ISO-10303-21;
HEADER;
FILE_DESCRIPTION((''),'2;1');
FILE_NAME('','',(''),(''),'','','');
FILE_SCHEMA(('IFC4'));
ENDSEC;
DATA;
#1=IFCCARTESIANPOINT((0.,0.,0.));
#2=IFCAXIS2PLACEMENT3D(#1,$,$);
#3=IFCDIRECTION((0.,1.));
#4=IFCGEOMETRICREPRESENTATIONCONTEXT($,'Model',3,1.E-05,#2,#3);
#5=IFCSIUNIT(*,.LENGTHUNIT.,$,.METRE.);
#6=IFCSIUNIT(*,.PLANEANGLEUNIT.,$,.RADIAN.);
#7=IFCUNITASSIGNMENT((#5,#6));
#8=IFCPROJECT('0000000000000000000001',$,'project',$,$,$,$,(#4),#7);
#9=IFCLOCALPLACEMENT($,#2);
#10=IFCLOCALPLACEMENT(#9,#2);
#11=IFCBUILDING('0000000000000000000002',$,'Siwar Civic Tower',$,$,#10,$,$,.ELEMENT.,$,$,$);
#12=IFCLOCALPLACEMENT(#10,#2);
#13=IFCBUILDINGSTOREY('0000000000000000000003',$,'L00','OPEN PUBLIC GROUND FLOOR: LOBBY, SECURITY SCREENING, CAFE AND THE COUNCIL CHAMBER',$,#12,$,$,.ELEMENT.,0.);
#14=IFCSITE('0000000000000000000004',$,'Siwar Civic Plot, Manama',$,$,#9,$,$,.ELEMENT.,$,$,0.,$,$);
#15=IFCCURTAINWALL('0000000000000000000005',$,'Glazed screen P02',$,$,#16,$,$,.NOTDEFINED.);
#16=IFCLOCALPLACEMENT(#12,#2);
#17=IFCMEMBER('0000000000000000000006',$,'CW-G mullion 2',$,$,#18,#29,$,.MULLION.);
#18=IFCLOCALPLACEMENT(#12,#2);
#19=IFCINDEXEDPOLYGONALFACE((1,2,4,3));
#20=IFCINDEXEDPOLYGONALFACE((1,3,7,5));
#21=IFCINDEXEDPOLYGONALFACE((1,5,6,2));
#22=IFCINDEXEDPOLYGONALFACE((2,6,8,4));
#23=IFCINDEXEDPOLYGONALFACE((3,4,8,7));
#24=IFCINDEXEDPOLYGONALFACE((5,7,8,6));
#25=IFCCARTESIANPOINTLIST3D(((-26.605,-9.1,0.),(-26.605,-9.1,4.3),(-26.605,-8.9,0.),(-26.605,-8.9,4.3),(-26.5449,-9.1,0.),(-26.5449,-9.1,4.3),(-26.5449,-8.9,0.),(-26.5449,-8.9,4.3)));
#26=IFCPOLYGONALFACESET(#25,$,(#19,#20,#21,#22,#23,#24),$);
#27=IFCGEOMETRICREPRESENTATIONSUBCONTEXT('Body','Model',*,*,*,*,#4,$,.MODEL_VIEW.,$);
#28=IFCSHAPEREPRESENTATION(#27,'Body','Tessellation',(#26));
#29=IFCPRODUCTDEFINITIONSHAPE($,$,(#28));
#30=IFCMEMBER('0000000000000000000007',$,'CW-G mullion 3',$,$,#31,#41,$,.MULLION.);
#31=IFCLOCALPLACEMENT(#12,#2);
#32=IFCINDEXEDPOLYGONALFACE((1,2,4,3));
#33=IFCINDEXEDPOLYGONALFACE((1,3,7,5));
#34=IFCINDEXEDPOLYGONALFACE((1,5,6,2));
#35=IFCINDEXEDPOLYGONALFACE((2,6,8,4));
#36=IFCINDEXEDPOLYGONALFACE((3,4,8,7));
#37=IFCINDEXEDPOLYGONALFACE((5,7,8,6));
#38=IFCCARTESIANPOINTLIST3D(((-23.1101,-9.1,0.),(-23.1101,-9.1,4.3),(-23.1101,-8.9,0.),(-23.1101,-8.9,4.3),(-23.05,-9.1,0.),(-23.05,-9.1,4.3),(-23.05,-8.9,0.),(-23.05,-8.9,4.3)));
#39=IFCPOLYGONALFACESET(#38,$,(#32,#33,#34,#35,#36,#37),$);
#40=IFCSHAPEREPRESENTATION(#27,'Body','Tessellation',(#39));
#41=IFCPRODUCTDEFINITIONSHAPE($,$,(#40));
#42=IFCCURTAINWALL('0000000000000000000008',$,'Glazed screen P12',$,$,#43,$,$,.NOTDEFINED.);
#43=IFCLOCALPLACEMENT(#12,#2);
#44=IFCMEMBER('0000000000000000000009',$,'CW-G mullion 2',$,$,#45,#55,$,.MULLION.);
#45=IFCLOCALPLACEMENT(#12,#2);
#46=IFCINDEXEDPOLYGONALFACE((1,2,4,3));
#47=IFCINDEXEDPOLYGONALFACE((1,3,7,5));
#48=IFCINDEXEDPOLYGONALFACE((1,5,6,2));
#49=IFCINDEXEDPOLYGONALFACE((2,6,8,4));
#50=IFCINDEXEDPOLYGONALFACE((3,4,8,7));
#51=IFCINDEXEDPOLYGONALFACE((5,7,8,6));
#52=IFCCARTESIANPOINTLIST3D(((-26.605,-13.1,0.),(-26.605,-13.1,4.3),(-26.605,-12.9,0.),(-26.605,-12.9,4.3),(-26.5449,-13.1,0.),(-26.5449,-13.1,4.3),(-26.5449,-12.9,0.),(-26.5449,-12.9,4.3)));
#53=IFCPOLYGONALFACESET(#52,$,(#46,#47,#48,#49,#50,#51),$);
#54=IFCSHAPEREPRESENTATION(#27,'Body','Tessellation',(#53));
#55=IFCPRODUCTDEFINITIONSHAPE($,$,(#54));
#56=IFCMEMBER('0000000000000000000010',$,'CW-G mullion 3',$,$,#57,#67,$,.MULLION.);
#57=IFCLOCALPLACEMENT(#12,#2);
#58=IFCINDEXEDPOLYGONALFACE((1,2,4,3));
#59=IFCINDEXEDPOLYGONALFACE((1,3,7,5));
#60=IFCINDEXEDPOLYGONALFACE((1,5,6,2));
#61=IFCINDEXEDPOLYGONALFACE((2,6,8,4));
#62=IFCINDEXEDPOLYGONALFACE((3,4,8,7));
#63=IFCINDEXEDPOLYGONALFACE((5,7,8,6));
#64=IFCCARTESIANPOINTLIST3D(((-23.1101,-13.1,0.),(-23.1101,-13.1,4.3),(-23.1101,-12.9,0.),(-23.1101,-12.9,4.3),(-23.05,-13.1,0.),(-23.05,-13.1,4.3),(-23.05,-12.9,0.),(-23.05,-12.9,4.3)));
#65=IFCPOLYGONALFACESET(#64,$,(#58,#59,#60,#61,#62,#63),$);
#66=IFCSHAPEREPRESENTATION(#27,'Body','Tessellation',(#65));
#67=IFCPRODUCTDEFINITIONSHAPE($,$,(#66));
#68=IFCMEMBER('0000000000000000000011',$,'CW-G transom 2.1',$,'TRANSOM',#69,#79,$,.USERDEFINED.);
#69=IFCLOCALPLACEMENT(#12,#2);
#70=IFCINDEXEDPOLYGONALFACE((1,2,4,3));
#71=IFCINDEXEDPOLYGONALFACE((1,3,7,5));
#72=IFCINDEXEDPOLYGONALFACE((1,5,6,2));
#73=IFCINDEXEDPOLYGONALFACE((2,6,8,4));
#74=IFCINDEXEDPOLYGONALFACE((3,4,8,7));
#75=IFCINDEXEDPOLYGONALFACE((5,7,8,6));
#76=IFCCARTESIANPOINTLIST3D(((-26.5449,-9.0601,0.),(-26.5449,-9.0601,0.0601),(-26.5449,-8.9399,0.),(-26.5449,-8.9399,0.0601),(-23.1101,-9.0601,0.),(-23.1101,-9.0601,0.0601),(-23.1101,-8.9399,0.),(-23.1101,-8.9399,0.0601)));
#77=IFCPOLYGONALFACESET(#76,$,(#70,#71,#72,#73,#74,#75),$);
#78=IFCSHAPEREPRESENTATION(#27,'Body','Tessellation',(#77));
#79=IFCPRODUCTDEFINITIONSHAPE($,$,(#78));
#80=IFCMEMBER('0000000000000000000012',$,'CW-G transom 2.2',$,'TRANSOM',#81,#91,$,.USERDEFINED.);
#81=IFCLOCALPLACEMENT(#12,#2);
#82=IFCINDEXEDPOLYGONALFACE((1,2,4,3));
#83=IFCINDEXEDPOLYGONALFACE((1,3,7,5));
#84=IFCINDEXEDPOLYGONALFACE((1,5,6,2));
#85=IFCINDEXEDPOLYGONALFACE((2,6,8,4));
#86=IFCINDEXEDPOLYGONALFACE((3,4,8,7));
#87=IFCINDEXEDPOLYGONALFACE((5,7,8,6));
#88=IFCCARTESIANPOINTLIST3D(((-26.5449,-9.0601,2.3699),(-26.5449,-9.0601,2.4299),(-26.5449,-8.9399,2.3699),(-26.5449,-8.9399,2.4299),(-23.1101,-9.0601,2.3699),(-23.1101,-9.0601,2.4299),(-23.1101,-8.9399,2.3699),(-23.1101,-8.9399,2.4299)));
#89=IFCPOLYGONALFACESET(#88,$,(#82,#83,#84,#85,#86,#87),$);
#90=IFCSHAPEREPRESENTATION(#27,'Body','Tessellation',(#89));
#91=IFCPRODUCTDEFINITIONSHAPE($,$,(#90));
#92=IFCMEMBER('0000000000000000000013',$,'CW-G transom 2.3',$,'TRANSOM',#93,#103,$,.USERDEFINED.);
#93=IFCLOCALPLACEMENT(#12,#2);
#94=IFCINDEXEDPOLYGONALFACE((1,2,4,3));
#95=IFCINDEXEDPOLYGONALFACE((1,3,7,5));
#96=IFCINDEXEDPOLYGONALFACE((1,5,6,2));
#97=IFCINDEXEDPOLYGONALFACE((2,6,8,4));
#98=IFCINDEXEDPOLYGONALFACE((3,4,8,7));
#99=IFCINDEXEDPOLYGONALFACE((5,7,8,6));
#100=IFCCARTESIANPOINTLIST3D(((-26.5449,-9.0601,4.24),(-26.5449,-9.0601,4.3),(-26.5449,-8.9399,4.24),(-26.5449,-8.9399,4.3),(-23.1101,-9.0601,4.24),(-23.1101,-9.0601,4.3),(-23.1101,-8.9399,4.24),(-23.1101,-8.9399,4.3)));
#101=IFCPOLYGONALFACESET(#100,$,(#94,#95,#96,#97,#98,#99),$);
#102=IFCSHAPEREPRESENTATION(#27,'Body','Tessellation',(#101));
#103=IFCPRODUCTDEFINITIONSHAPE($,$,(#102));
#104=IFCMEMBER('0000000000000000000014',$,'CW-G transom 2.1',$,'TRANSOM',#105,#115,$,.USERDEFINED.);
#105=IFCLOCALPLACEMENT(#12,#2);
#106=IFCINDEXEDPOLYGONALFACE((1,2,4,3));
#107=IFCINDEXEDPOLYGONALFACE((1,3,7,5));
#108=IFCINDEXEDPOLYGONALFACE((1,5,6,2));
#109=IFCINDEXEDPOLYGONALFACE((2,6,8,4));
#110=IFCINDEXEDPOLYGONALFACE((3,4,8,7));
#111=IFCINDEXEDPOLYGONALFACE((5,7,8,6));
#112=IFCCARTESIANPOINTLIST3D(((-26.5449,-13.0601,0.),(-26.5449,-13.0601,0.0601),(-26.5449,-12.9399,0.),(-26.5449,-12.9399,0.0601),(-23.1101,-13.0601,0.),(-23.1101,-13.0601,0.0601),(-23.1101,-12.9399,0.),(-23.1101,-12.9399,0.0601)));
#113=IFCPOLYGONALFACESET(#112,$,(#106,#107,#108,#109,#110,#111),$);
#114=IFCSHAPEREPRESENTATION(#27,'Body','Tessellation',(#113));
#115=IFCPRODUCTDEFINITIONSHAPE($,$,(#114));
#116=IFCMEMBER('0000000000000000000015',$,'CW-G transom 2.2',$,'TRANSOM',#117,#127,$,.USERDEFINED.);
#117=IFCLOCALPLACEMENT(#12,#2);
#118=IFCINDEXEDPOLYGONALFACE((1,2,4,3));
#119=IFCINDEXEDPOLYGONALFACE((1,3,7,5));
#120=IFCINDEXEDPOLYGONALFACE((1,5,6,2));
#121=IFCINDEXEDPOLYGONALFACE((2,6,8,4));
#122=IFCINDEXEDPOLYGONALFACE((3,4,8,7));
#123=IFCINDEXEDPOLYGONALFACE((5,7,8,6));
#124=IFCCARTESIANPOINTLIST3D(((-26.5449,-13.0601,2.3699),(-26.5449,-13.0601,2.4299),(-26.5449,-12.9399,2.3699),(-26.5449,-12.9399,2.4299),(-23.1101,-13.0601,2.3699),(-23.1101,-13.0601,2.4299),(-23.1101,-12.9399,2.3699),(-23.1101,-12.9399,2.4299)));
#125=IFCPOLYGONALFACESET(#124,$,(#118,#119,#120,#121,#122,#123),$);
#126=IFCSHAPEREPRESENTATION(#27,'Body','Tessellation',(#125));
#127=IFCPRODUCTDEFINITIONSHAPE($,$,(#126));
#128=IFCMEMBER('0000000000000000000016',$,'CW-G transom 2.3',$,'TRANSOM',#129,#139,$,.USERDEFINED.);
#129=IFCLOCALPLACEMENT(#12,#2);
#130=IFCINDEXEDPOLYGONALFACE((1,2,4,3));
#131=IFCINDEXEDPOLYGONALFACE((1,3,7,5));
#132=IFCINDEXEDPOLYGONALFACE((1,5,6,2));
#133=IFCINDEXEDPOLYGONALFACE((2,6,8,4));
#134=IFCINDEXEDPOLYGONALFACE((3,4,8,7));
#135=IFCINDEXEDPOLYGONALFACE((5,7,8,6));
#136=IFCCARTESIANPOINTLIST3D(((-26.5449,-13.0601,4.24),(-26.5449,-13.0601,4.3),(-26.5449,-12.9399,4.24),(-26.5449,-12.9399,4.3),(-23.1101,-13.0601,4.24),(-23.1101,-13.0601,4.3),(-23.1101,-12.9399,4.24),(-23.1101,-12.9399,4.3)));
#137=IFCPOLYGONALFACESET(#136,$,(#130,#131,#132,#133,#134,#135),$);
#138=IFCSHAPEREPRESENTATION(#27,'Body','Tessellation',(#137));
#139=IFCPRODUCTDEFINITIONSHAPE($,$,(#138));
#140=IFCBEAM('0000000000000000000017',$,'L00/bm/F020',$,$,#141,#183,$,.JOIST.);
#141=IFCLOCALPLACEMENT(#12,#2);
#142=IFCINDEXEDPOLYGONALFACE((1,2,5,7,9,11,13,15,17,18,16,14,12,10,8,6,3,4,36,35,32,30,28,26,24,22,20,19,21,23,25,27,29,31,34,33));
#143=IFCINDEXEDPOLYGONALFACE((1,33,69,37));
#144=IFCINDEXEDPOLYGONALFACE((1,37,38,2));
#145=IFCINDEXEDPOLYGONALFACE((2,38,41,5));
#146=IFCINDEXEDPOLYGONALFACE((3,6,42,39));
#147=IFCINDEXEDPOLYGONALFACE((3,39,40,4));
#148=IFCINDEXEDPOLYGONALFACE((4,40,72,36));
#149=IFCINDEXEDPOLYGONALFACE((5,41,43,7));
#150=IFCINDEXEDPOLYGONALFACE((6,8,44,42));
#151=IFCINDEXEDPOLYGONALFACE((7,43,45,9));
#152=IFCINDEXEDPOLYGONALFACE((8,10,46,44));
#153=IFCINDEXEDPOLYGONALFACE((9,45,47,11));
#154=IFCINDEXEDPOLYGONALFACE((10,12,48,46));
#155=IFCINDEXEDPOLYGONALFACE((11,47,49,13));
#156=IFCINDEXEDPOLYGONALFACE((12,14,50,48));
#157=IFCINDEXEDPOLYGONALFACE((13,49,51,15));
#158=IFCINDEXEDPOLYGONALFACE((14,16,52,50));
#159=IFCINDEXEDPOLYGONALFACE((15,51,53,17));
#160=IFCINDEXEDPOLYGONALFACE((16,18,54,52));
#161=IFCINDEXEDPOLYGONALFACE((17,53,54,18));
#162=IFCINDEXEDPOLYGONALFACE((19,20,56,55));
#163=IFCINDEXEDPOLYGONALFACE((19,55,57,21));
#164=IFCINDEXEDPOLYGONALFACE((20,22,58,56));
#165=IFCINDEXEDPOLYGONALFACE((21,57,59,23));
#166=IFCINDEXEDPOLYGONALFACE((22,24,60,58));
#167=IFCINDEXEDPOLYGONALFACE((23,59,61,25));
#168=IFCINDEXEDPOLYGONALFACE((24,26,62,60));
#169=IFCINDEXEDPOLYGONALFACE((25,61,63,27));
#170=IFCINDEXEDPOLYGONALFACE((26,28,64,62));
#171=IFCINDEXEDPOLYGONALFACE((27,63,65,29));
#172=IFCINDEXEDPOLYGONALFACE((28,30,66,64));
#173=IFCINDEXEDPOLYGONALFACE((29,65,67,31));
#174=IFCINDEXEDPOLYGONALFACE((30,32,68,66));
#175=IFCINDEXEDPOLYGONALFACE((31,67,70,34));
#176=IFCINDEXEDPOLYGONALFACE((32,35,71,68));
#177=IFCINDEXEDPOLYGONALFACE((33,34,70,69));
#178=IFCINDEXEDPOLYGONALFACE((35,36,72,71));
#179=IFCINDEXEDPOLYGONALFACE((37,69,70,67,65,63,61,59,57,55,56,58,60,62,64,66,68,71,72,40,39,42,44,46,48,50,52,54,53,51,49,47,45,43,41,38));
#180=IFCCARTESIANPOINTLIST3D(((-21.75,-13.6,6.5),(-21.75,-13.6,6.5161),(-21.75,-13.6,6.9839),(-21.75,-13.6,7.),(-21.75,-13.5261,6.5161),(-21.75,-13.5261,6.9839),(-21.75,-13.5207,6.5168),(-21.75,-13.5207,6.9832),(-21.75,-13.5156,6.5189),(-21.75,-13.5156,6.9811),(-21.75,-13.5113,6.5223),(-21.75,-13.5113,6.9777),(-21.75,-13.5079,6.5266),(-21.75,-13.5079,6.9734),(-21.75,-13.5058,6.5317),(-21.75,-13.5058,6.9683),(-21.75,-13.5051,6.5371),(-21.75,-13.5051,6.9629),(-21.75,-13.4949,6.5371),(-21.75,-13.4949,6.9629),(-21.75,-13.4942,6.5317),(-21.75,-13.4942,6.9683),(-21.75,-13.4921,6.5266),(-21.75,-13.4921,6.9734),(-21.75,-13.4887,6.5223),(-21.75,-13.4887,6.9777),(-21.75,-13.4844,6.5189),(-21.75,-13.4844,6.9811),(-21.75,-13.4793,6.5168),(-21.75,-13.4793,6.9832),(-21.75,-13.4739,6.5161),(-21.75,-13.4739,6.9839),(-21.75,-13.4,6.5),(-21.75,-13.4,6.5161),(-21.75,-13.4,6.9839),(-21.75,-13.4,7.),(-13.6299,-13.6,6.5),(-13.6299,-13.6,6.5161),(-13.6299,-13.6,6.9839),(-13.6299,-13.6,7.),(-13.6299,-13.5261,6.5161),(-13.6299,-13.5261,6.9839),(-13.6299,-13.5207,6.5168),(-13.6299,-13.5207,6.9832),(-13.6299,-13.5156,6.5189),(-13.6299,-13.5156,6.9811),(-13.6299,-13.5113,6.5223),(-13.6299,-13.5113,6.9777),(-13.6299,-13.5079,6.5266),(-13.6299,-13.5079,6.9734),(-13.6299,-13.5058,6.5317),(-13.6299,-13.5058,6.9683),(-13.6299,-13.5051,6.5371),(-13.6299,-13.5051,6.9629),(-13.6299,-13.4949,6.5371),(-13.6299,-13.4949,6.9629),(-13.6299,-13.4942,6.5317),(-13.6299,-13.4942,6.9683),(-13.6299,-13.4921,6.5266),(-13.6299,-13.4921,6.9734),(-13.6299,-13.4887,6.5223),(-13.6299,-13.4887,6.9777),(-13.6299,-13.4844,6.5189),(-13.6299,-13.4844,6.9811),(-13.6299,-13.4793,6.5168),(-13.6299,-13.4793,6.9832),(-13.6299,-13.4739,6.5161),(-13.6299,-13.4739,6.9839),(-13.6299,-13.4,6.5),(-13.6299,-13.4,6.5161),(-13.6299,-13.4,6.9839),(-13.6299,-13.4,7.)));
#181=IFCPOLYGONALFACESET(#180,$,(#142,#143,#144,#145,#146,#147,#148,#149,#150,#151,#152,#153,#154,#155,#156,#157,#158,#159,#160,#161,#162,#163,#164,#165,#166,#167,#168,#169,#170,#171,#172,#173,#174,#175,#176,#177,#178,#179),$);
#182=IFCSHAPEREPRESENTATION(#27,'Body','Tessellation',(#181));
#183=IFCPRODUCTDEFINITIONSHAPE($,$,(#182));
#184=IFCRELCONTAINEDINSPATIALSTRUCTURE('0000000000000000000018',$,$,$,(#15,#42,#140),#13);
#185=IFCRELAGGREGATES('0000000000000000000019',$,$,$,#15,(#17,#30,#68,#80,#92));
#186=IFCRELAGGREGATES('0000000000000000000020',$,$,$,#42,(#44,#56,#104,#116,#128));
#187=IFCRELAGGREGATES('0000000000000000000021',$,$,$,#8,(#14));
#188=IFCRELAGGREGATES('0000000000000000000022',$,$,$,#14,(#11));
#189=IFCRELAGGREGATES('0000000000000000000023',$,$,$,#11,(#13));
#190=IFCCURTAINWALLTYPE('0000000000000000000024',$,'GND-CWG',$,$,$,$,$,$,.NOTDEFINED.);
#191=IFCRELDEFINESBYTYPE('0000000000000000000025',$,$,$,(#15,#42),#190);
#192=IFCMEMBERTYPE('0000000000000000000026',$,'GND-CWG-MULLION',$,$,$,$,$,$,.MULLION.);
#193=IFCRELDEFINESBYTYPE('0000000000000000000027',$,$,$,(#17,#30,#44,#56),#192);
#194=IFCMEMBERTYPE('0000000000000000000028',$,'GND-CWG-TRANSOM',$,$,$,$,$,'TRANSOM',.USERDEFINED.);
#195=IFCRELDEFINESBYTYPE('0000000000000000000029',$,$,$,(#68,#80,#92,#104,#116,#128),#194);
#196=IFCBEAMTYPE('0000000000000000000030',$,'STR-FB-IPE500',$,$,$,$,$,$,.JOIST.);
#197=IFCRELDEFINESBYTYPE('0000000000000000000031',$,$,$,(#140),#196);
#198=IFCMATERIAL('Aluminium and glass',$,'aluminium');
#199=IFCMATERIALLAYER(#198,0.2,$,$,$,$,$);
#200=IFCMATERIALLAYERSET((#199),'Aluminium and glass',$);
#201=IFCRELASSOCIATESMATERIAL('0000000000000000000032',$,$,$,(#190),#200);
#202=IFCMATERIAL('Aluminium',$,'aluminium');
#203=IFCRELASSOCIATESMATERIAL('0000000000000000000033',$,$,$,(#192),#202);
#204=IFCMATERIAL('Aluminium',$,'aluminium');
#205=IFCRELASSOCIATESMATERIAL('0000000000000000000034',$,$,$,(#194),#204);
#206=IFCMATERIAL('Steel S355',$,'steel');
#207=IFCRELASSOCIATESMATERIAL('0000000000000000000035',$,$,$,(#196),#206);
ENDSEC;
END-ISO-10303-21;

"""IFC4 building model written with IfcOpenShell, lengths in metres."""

from ifc_helpers import new_model, si_unit, direction, frame, origin, origin_2d, place, context, subcontext, project, spatial, rectangle, i_section, extrude, material, layer, layer_set, material_profile, profile_set, type_object, element, aggregate, save


model = new_model("IFC4")

# Units and contexts
model_context = context("Model", 3, precision=1e-05, world=origin(), true_north=direction((0.0, 1.0)))
body_context = subcontext(model_context, "Body", "Model", "MODEL_VIEW")
ifc_project = project(units=[si_unit("LENGTHUNIT", "METRE"), si_unit("PLANEANGLEUNIT", "RADIAN")], contexts=[model_context])

# Site, building, storey
site_placement = place(None, origin())
site = spatial("IfcSite", under=ifc_project, at=site_placement, Name="Siwar Civic Plot, Manama", CompositionType="ELEMENT", RefElevation=0.0)
building_placement = place(site_placement, origin())
building = spatial("IfcBuilding", under=site, at=building_placement, Name="Siwar Civic Tower", CompositionType="ELEMENT")
storey_placement = place(building_placement, origin())
storey = spatial("IfcBuildingStorey", under=building, at=storey_placement, Name="L00", Description="OPEN PUBLIC GROUND FLOOR: LOBBY, SECURITY SCREENING, CAFE AND THE COUNCIL CHAMBER", CompositionType="ELEMENT", Elevation=0.0)

# Curtain walls, members
ifc_material_1 = material(Name="Aluminium and glass", Category="aluminium")
ifc_layer_1 = layer(ifc_material_1, 0.2)
ifc_layer_set_1 = layer_set([ifc_layer_1], Name="Aluminium and glass")
curtain_wall_type = type_object("IfcCurtainWallType", Name="GND-CWG", PredefinedType="NOTDEFINED", material=ifc_layer_set_1)
curtain_wall_1_placement = place(storey_placement, origin())
curtain_wall_1 = element("IfcCurtainWall", 1, at=curtain_wall_1_placement, inside=storey, type_object=curtain_wall_type, Name="Glazed screen P02", PredefinedType="NOTDEFINED")
ifc_material_2 = material(Name="Aluminium", Category="aluminium")
ifc_material_profile_1 = material_profile(ifc_material_2, rectangle(XDim=0.2, YDim=0.0601, at=origin_2d()), Name="AL 200x60")
ifc_profile_set_1 = profile_set([ifc_material_profile_1], Name="Aluminium")
member_type_1 = type_object("IfcMemberType", Name="GND-CWG-MULLION", PredefinedType="MULLION", material=ifc_profile_set_1)
member_1_placement = place(storey_placement, frame((-26.575, -9.0, 0.0), z_axis=(0.0, 0.0, 1.0), x_axis=(0.0, 1.0, 0.0)))
member_1 = element("IfcMember", 2, at=member_1_placement, type_object=member_type_1, Name="CW-G mullion 2", PredefinedType="MULLION", context=body_context, shape_type="SweptSolid", body=[
    extrude(rectangle(XDim=0.2, YDim=0.0601, at=origin_2d()), origin(), (0.0, 0.0, 1.0), 4.3),
])
member_2_placement = place(storey_placement, frame((-23.0801, -9.0, 0.0), z_axis=(0.0, 0.0, 1.0), x_axis=(0.0, 1.0, 0.0)))
member_2 = element("IfcMember", 3, at=member_2_placement, type_object=member_type_1, Name="CW-G mullion 3", PredefinedType="MULLION", context=body_context, shape_type="SweptSolid", body=[
    extrude(rectangle(XDim=0.2, YDim=0.0601, at=origin_2d()), origin(), (0.0, 0.0, 1.0), 4.3),
])
curtain_wall_2_placement = place(storey_placement, origin())
curtain_wall_2 = element("IfcCurtainWall", 4, at=curtain_wall_2_placement, inside=storey, type_object=curtain_wall_type, Name="Glazed screen P12", PredefinedType="NOTDEFINED")
member_3_placement = place(storey_placement, frame((-26.575, -13.0, 0.0), z_axis=(0.0, 0.0, 1.0), x_axis=(0.0, 1.0, 0.0)))
member_3 = element("IfcMember", 5, at=member_3_placement, type_object=member_type_1, Name="CW-G mullion 2", PredefinedType="MULLION", context=body_context, shape_type="SweptSolid", body=[
    extrude(rectangle(XDim=0.2, YDim=0.0601, at=origin_2d()), origin(), (0.0, 0.0, 1.0), 4.3),
])
member_4_placement = place(storey_placement, frame((-23.0801, -13.0, 0.0), z_axis=(0.0, 0.0, 1.0), x_axis=(0.0, 1.0, 0.0)))
member_4 = element("IfcMember", 6, at=member_4_placement, type_object=member_type_1, Name="CW-G mullion 3", PredefinedType="MULLION", context=body_context, shape_type="SweptSolid", body=[
    extrude(rectangle(XDim=0.2, YDim=0.0601, at=origin_2d()), origin(), (0.0, 0.0, 1.0), 4.3),
])

# Members
ifc_material_3 = material(Name="Aluminium", Category="aluminium")
ifc_material_profile_2 = material_profile(ifc_material_3, rectangle(XDim=0.1201, YDim=0.0601, at=origin_2d()), Name="AL 120x60")
ifc_profile_set_2 = profile_set([ifc_material_profile_2], Name="Aluminium")
member_type_2 = type_object("IfcMemberType", Name="GND-CWG-TRANSOM", ElementType="TRANSOM", PredefinedType="USERDEFINED", material=ifc_profile_set_2)
member_5_placement = place(storey_placement, frame((-26.5449, -9.0, 0.03), z_axis=(1.0, 0.0, 0.0), x_axis=(0.0, 1.0, 0.0)))
member_5 = element("IfcMember", 7, at=member_5_placement, type_object=member_type_2, Name="CW-G transom 2.1", ObjectType="TRANSOM", PredefinedType="USERDEFINED", context=body_context, shape_type="SweptSolid", body=[
    extrude(rectangle(XDim=0.1201, YDim=0.0601, at=origin_2d()), origin(), (0.0, 0.0, 1.0), 3.4348),
])
member_6_placement = place(storey_placement, frame((-26.5449, -9.0, 2.3999), z_axis=(1.0, 0.0, 0.0), x_axis=(0.0, 1.0, 0.0)))
member_6 = element("IfcMember", 8, at=member_6_placement, type_object=member_type_2, Name="CW-G transom 2.2", ObjectType="TRANSOM", PredefinedType="USERDEFINED", context=body_context, shape_type="SweptSolid", body=[
    extrude(rectangle(XDim=0.1201, YDim=0.0601, at=origin_2d()), origin(), (0.0, 0.0, 1.0), 3.4348),
])
member_7_placement = place(storey_placement, frame((-26.5449, -9.0, 4.27), z_axis=(1.0, 0.0, 0.0), x_axis=(0.0, 1.0, 0.0)))
member_7 = element("IfcMember", 9, at=member_7_placement, type_object=member_type_2, Name="CW-G transom 2.3", ObjectType="TRANSOM", PredefinedType="USERDEFINED", context=body_context, shape_type="SweptSolid", body=[
    extrude(rectangle(XDim=0.1201, YDim=0.0601, at=origin_2d()), origin(), (0.0, 0.0, 1.0), 3.4348),
])
member_8_placement = place(storey_placement, frame((-26.5449, -13.0, 0.03), z_axis=(1.0, 0.0, 0.0), x_axis=(0.0, 1.0, 0.0)))
member_8 = element("IfcMember", 10, at=member_8_placement, type_object=member_type_2, Name="CW-G transom 2.1", ObjectType="TRANSOM", PredefinedType="USERDEFINED", context=body_context, shape_type="SweptSolid", body=[
    extrude(rectangle(XDim=0.1201, YDim=0.0601, at=origin_2d()), origin(), (0.0, 0.0, 1.0), 3.4348),
])
member_9_placement = place(storey_placement, frame((-26.5449, -13.0, 2.3999), z_axis=(1.0, 0.0, 0.0), x_axis=(0.0, 1.0, 0.0)))
member_9 = element("IfcMember", 11, at=member_9_placement, type_object=member_type_2, Name="CW-G transom 2.2", ObjectType="TRANSOM", PredefinedType="USERDEFINED", context=body_context, shape_type="SweptSolid", body=[
    extrude(rectangle(XDim=0.1201, YDim=0.0601, at=origin_2d()), origin(), (0.0, 0.0, 1.0), 3.4348),
])
member_10_placement = place(storey_placement, frame((-26.5449, -13.0, 4.27), z_axis=(1.0, 0.0, 0.0), x_axis=(0.0, 1.0, 0.0)))
member_10 = element("IfcMember", 12, at=member_10_placement, type_object=member_type_2, Name="CW-G transom 2.3", ObjectType="TRANSOM", PredefinedType="USERDEFINED", context=body_context, shape_type="SweptSolid", body=[
    extrude(rectangle(XDim=0.1201, YDim=0.0601, at=origin_2d()), origin(), (0.0, 0.0, 1.0), 3.4348),
])

# Beam
ifc_material_4 = material(Name="Steel S355", Category="steel")
ifc_material_profile_3 = material_profile(ifc_material_4, i_section(OverallWidth=0.2, OverallDepth=0.5, WebThickness=0.0103, FlangeThickness=0.0161, FilletRadius=0.021, at=origin_2d()), Name="IPE500")
ifc_profile_set_3 = profile_set([ifc_material_profile_3], Name="Steel S355")
beam_type = type_object("IfcBeamType", Name="STR-FB-IPE500", PredefinedType="JOIST", material=ifc_profile_set_3)
beam_placement = place(storey_placement, frame((-21.75, -13.5, 6.75), z_axis=(1.0, 0.0, 0.0), x_axis=(0.0, 1.0, 0.0)))
element("IfcBeam", 13, at=beam_placement, inside=storey, type_object=beam_type, Name="L00/bm/F020", PredefinedType="JOIST", context=body_context, shape_type="SweptSolid", body=[
    extrude(i_section(OverallWidth=0.2, OverallDepth=0.5, WebThickness=0.0103, FlangeThickness=0.0161, FilletRadius=0.021, at=origin_2d()), origin(), (0.0, 0.0, 1.0), 8.1201),
])

aggregate(curtain_wall_1, [member_1, member_2, member_5, member_6, member_7])
aggregate(curtain_wall_2, [member_3, member_4, member_8, member_9, member_10])

save(model, "model.ifc")
